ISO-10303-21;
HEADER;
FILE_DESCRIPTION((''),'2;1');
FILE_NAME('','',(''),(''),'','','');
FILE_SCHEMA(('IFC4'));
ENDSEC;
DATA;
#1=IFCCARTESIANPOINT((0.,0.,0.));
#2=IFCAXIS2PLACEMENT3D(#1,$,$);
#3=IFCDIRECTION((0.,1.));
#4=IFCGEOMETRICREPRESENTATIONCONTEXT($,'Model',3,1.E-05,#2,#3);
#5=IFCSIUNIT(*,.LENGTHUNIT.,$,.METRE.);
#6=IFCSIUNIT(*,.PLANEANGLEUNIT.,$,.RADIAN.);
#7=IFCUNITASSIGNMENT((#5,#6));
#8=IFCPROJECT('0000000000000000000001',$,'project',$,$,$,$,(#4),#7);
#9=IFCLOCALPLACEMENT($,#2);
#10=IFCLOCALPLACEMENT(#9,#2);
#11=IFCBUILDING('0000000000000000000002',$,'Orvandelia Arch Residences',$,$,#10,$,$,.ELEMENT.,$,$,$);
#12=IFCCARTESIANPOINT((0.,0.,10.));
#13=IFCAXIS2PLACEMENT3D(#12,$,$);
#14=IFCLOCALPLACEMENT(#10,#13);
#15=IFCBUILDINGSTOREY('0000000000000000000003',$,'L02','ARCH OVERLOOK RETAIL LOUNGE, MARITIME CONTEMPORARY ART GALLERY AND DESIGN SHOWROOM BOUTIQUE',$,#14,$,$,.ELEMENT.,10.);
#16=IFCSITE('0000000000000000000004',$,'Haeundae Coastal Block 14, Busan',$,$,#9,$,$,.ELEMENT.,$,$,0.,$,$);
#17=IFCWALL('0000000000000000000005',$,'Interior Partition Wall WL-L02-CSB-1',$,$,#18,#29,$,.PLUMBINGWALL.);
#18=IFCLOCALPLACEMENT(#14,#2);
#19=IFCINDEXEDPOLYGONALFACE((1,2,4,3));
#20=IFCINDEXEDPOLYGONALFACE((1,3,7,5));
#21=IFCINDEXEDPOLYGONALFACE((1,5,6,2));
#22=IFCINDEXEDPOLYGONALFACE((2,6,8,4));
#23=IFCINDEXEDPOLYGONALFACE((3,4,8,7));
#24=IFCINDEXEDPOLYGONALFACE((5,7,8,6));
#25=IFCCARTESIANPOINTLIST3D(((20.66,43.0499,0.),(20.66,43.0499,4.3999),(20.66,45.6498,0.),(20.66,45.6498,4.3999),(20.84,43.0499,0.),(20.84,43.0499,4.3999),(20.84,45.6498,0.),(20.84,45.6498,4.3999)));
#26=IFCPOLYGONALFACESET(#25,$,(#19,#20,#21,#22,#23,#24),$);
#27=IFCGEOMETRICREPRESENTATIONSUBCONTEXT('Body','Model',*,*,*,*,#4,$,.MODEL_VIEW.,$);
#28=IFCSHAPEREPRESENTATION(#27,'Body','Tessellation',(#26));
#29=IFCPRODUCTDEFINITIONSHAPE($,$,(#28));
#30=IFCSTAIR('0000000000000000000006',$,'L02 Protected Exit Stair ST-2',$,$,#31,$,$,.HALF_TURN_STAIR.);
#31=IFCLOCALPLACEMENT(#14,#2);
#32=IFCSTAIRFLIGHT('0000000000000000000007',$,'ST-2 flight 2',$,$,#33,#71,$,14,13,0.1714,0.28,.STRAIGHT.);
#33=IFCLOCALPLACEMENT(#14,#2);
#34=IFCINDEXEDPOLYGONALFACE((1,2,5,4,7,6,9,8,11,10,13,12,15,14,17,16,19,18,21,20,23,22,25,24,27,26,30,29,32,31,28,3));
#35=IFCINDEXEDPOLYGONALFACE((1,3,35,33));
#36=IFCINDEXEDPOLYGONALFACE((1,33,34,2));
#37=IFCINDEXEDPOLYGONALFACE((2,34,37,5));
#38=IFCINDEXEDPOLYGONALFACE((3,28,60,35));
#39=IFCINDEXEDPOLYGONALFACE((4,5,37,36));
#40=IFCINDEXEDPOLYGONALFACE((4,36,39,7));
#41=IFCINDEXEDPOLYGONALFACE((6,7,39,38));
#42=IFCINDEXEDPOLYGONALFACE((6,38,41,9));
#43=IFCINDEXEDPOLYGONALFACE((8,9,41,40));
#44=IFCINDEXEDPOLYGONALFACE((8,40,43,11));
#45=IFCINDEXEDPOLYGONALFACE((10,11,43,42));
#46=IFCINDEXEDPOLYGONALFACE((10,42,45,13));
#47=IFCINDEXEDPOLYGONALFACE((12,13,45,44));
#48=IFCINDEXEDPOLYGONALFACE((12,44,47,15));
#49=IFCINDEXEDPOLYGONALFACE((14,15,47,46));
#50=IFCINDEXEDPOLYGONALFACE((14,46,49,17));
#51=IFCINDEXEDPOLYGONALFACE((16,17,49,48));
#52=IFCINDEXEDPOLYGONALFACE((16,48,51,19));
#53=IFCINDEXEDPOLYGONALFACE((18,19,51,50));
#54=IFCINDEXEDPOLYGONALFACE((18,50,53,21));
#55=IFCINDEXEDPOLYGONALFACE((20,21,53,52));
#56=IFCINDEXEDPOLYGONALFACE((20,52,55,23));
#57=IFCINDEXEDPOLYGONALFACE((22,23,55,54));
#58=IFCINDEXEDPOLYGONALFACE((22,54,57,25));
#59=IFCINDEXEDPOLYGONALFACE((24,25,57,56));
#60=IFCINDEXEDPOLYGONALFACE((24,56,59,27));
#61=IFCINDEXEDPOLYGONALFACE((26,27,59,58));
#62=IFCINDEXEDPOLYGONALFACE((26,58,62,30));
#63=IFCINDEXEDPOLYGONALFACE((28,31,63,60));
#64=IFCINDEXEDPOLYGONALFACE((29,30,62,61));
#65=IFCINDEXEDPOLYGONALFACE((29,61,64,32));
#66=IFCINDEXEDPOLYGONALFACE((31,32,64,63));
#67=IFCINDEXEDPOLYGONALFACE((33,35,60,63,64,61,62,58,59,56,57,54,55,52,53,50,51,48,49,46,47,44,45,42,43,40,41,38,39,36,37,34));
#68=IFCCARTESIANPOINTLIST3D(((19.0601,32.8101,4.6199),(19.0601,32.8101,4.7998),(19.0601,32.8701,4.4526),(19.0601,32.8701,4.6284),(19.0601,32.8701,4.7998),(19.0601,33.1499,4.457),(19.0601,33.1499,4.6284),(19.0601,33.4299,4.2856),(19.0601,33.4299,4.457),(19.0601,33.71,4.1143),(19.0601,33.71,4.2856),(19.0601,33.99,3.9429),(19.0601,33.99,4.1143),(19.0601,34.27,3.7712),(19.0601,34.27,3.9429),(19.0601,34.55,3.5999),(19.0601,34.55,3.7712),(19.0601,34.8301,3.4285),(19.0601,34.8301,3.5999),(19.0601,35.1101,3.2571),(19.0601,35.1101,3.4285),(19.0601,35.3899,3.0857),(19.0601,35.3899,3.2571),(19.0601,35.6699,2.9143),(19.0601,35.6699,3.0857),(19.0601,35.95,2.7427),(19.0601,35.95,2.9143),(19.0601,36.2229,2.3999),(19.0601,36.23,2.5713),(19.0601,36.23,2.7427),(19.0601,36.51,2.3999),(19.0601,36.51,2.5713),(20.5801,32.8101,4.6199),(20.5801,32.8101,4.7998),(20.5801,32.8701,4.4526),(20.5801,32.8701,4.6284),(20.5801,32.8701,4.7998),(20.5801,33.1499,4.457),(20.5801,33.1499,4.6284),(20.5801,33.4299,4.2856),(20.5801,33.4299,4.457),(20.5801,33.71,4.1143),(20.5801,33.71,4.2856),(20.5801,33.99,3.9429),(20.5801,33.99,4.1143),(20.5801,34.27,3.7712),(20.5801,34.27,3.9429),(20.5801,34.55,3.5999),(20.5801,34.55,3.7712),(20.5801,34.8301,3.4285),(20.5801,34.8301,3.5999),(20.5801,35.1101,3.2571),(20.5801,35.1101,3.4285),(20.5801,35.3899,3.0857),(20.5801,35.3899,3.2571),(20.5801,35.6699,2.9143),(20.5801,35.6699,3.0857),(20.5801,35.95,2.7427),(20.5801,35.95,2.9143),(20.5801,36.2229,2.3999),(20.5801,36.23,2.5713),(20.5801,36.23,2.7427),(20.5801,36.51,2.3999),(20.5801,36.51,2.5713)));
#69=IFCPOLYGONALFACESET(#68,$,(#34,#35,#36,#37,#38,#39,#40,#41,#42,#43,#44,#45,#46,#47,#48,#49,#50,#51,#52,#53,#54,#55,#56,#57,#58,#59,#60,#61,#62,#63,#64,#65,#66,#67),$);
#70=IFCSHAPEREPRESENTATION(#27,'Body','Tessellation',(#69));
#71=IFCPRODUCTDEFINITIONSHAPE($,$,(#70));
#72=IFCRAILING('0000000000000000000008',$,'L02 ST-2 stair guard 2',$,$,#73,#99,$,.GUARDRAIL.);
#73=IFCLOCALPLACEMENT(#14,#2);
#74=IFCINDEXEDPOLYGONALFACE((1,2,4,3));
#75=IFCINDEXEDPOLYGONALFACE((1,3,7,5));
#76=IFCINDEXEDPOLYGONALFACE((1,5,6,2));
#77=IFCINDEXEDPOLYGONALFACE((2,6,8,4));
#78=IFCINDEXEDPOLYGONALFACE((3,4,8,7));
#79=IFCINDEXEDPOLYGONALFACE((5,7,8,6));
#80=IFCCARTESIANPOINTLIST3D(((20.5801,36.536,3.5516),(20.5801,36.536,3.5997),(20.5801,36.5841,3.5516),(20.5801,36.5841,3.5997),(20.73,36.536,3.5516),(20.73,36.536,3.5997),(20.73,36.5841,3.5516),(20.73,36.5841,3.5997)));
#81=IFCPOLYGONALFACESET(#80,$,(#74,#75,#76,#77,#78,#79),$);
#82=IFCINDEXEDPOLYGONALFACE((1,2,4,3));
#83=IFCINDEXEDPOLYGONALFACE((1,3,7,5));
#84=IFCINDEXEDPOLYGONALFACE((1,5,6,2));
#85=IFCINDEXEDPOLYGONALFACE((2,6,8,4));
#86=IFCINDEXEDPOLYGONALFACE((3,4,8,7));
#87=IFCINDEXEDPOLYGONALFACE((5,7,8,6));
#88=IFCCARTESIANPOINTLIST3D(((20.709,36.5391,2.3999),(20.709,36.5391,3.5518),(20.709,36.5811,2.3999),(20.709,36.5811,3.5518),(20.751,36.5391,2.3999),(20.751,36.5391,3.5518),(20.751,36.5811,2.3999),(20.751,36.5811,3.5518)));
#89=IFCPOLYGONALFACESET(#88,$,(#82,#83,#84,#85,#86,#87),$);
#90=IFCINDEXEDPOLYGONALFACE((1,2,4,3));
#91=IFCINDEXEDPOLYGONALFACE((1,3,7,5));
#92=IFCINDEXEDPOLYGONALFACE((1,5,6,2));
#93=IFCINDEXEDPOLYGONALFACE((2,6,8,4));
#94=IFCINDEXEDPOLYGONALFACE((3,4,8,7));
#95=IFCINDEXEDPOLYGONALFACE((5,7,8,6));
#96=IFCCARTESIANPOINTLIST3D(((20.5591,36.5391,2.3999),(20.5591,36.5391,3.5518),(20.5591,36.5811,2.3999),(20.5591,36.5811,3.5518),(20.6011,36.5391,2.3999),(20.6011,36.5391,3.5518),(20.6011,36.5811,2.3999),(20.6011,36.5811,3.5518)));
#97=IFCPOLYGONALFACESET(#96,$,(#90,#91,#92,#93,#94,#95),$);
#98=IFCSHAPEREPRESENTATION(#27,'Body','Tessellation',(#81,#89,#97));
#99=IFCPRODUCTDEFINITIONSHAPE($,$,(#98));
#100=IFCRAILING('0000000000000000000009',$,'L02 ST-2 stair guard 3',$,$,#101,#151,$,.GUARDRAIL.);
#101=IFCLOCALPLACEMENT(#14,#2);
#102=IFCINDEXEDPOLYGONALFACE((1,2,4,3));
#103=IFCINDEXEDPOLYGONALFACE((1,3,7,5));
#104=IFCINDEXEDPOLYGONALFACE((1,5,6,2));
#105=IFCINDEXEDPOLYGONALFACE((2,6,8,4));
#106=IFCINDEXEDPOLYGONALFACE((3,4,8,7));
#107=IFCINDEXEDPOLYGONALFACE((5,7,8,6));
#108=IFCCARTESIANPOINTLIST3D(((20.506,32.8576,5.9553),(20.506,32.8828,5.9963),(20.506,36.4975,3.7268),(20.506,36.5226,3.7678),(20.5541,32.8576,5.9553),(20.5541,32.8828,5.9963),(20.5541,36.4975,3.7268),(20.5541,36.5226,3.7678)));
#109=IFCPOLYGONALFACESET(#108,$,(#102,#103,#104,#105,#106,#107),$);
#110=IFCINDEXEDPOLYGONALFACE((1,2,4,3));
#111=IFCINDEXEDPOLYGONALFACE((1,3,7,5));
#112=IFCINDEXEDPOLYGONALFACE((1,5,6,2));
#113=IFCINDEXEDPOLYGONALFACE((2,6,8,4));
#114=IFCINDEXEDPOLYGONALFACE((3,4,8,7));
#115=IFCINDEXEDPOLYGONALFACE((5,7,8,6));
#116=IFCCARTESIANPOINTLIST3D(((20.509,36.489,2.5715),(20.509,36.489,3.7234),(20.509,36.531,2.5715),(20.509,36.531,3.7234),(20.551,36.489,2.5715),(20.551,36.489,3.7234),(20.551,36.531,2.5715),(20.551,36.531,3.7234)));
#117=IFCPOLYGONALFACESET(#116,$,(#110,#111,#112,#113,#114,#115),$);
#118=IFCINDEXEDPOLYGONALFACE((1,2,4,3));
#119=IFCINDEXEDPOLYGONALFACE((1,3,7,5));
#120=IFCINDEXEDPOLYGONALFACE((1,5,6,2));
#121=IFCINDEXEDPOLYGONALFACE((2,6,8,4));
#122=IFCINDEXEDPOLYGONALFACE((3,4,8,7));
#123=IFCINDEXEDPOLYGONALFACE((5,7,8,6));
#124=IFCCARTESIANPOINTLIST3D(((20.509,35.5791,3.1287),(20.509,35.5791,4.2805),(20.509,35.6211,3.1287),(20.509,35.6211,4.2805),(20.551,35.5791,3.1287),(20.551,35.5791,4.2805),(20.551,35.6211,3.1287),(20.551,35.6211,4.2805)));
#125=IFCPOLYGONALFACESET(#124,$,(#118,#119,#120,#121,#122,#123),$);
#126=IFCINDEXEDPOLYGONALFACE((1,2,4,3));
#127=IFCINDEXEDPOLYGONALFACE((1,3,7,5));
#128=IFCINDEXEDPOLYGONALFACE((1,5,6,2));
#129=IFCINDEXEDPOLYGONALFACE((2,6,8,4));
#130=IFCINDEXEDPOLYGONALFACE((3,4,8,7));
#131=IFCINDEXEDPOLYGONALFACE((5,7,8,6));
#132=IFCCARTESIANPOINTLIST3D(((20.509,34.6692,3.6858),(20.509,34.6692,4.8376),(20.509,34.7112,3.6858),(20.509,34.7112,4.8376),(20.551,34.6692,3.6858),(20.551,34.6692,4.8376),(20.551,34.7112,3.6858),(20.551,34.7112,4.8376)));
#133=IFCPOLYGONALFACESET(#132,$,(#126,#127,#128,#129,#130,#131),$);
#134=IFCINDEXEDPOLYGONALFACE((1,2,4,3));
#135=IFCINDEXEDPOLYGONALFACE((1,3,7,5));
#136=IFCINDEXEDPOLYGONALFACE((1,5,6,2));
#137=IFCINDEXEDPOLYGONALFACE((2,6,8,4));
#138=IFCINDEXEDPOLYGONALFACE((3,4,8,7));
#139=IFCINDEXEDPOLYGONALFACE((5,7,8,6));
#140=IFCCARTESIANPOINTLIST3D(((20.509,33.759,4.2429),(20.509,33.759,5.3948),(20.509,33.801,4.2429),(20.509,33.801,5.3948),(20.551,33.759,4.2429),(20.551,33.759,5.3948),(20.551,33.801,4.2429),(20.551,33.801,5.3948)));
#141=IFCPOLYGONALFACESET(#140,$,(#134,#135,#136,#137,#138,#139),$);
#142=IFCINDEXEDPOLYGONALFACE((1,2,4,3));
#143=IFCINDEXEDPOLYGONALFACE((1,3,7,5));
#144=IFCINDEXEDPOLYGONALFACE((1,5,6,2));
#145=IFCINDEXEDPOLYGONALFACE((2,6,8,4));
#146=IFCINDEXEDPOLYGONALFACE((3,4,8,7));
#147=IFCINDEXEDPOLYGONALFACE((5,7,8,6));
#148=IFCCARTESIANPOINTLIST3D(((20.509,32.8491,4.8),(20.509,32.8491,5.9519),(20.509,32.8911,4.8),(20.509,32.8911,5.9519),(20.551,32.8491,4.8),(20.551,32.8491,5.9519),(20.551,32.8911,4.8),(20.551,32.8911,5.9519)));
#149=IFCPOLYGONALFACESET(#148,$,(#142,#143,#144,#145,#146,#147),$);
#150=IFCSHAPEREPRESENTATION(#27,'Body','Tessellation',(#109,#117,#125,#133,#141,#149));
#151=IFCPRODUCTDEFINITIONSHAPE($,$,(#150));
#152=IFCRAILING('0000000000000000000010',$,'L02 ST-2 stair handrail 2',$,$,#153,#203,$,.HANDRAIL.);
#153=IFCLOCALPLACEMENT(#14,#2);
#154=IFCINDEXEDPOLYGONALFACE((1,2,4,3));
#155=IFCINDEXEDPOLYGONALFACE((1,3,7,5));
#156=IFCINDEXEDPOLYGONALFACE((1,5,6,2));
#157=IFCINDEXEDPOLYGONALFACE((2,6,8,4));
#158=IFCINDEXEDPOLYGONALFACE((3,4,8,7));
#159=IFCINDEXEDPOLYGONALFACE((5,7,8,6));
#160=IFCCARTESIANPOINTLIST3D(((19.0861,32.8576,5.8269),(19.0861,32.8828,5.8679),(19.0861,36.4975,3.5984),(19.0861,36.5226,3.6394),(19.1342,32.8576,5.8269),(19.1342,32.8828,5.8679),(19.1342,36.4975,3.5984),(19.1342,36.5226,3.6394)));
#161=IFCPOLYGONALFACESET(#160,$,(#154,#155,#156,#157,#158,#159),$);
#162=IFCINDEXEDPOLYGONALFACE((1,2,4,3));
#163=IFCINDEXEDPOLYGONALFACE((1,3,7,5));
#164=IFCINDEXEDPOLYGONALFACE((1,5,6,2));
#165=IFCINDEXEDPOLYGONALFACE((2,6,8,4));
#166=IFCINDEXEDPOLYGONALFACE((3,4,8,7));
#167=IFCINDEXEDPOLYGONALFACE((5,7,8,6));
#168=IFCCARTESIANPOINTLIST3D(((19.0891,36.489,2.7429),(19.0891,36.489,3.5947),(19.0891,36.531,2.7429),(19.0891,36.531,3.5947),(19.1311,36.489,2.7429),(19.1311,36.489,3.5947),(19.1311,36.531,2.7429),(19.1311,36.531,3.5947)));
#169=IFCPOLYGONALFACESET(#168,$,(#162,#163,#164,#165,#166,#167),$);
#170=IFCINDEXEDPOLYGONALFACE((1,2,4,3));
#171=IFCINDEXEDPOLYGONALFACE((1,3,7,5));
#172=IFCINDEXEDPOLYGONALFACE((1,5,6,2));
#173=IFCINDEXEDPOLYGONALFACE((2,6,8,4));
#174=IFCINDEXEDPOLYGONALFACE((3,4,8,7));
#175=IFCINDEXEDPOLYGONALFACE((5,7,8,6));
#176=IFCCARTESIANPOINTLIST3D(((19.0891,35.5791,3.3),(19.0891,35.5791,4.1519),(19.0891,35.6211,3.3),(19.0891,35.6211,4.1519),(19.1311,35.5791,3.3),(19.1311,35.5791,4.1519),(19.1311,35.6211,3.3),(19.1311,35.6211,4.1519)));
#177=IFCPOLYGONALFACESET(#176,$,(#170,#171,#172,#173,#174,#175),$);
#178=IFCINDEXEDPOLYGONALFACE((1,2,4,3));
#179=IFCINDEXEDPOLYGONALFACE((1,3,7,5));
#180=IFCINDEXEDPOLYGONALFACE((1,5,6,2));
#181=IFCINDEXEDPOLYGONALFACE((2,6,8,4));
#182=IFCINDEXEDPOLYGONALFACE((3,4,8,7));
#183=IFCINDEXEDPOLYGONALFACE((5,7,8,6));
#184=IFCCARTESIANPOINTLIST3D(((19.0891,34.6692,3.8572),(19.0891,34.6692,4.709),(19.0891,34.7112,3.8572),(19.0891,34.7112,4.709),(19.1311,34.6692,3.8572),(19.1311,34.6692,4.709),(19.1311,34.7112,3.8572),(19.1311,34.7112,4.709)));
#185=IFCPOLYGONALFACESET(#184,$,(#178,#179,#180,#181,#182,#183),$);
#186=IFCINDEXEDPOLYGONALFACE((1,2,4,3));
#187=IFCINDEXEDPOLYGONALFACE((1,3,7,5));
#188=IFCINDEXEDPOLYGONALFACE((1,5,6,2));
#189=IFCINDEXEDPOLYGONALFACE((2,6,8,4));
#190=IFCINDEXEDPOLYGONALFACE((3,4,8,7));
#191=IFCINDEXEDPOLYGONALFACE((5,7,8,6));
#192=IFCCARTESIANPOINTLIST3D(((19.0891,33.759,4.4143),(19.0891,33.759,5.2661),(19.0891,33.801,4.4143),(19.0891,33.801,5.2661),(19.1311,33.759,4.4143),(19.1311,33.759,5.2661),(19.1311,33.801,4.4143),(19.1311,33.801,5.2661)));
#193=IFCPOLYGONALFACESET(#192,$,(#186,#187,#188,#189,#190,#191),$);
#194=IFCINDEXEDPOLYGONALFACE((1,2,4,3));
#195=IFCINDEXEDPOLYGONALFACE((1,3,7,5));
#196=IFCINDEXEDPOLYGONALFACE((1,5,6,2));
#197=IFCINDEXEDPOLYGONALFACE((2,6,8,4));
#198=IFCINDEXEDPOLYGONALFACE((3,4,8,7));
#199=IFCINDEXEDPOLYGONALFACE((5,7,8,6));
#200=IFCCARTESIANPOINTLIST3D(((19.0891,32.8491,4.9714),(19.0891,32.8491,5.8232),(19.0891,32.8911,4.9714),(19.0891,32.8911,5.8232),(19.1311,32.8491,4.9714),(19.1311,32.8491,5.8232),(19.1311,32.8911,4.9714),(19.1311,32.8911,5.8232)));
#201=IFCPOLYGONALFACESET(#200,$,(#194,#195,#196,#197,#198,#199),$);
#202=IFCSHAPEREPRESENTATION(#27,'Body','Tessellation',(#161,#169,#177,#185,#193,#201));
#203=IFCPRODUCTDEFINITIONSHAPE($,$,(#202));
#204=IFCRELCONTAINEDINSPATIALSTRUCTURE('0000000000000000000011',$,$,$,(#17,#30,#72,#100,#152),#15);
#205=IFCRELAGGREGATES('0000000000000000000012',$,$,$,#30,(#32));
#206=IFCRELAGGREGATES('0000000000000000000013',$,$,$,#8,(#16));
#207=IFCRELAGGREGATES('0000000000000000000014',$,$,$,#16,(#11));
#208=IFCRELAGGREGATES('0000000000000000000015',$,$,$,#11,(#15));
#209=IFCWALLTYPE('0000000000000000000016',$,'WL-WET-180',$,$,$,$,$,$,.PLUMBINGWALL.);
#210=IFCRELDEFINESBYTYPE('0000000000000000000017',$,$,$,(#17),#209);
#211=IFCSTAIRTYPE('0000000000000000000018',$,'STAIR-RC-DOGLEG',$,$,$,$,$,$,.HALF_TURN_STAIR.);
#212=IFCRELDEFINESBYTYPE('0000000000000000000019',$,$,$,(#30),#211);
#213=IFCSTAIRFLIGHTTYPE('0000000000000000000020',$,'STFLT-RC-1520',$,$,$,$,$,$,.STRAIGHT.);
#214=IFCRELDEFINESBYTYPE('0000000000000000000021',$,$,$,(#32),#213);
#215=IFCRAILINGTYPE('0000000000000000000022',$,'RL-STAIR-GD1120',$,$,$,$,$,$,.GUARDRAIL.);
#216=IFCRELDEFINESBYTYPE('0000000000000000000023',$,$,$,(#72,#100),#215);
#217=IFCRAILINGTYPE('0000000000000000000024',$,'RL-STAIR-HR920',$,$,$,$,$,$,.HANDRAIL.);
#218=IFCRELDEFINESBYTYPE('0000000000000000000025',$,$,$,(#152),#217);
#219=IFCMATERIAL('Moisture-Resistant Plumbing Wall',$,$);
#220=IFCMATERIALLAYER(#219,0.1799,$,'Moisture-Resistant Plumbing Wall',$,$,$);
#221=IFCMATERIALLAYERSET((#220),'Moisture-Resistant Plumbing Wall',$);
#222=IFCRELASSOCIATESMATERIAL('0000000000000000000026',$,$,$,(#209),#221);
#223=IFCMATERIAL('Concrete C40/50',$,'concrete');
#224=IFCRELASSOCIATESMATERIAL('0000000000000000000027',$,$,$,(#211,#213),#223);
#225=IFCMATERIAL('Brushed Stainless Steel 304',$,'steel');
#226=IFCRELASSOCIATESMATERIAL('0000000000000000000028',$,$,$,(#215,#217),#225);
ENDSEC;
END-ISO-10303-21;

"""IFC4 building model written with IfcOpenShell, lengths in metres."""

from ifc_helpers import new_model, si_unit, direction, frame, frame_2d, origin, origin_2d, place, context, subcontext, project, spatial, polyline, rectangle, outline, extrude, material, layer, layer_set, type_object, element, aggregate, save


model = new_model("IFC4")

# Units and contexts
model_context = context("Model", 3, precision=1e-05, world=origin(), true_north=direction((0.0, 1.0)))
body_context = subcontext(model_context, "Body", "Model", "MODEL_VIEW")
ifc_project = project(units=[si_unit("LENGTHUNIT", "METRE"), si_unit("PLANEANGLEUNIT", "RADIAN")], contexts=[model_context])

# Site, building, storey
site_placement = place(None, origin())
site = spatial("IfcSite", under=ifc_project, at=site_placement, Name="Haeundae Coastal Block 14, Busan", CompositionType="ELEMENT", RefElevation=0.0)
building_placement = place(site_placement, origin())
building = spatial("IfcBuilding", under=site, at=building_placement, Name="Orvandelia Arch Residences", CompositionType="ELEMENT")
storey_placement = place(building_placement, frame((0.0, 0.0, 10.0)))
storey = spatial("IfcBuildingStorey", under=building, at=storey_placement, Name="L02", Description="ARCH OVERLOOK RETAIL LOUNGE, MARITIME CONTEMPORARY ART GALLERY AND DESIGN SHOWROOM BOUTIQUE", CompositionType="ELEMENT", Elevation=10.0)

# Wall
ifc_material_1 = material(Name="Moisture-Resistant Plumbing Wall")
ifc_layer_1 = layer(ifc_material_1, 0.1799, Name="Moisture-Resistant Plumbing Wall")
ifc_layer_set_1 = layer_set([ifc_layer_1], Name="Moisture-Resistant Plumbing Wall")
wall_type_1 = type_object("IfcWallType", Name="WL-WET-180", PredefinedType="PLUMBINGWALL", material=ifc_layer_set_1)
wall_1_placement = place(storey_placement, frame((20.75, 43.05, 0.0), z_axis=(0.0, 0.0, 1.0), x_axis=(0.0, 1.0, 0.0)))
element("IfcWall", 1, at=wall_1_placement, inside=storey, type_object=wall_type_1, Name="Interior Partition Wall WL-L02-CSB-1", PredefinedType="PLUMBINGWALL", context=body_context, shape_type="SweptSolid", body=[
    extrude(rectangle(XDim=2.5999, YDim=0.1799, at=frame_2d((1.2998, 0.0))), origin(), (0.0, 0.0, 1.0), 4.3999),
])

# Stair, stair flight
ifc_material_2 = material(Name="Concrete C40/50", Category="concrete")
stair_type = type_object("IfcStairType", Name="STAIR-RC-DOGLEG", PredefinedType="HALF_TURN_STAIR", material=ifc_material_2)
stair_placement = place(storey_placement, origin())
stair = element("IfcStair", 2, at=stair_placement, inside=storey, type_object=stair_type, Name="L02 Protected Exit Stair ST-2", PredefinedType="HALF_TURN_STAIR")
stair_flight_type = type_object("IfcStairFlightType", Name="STFLT-RC-1520", PredefinedType="STRAIGHT", material=ifc_material_2)
stair_flight_placement = place(storey_placement, frame((19.8201, 36.51, 2.3999), z_axis=(0.0, 0.0, 1.0), x_axis=(0.0, -1.0, 0.0)))
stair_flight = element("IfcStairFlight", 3, at=stair_flight_placement, type_object=stair_flight_type, Name="ST-2 flight 2", NumberOfRisers=14, NumberOfTreads=13, PredefinedType="STRAIGHT", RiserHeight=0.1714, TreadLength=0.28, context=body_context, shape_type="SweptSolid", body=[
    extrude(outline(polyline([(0.0, 0.0), (0.0, 0.1714), (0.28, 0.1714), (0.28, 0.3428), (0.5601, 0.3428), (0.5601, 0.5144), (0.8401, 0.5144), (0.8401, 0.6858), (1.1201, 0.6858), (1.1201, 0.8572), (1.3999, 0.8572), (1.3999, 1.0286), (1.6799, 1.0286), (1.6799, 1.2), (1.96, 1.2), (1.96, 1.3713), (2.24, 1.3713), (2.24, 1.543), (2.52, 1.543), (2.52, 1.7144), (2.8, 1.7144), (2.8, 1.8857), (3.0801, 1.8857), (3.0801, 2.0571), (3.3601, 2.0571), (3.3601, 2.2285), (3.6399, 2.2285), (3.6399, 2.3999), (3.7, 2.3999), (3.7, 2.22), (3.6399, 2.0527), (0.2871, 0.0), (0.0, 0.0)])), frame((0.0, 0.76, 0.0), z_axis=(0.0, -1.0, 0.0), x_axis=(1.0, 0.0, 0.0)), (0.0, 0.0, 1.0), 1.52),
])
aggregate(stair, [stair_flight])

# Railings
ifc_material_3 = material(Name="Brushed Stainless Steel 304", Category="steel")
railing_type_1 = type_object("IfcRailingType", Name="RL-STAIR-GD1120", PredefinedType="GUARDRAIL", material=ifc_material_3)
railing_1_placement = place(storey_placement, frame((20.73, 36.5601, 2.3999)))
element("IfcRailing", 4, at=railing_1_placement, inside=storey, type_object=railing_type_1, Name="L02 ST-2 stair guard 2", PredefinedType="GUARDRAIL", context=body_context, shape_type="SweptSolid", body=[
    extrude(rectangle(XDim=0.0481, YDim=0.0481, at=origin_2d()), frame((0.0, 0.0, 1.1758), z_axis=(-1.0, 0.0, 0.0), x_axis=(0.0, -1.0, 0.0)), (0.0, 0.0, 1.0), 0.1499),
    extrude(rectangle(XDim=0.042, YDim=0.042, at=origin_2d()), origin(), (0.0, 0.0, 1.0), 1.1519),
    extrude(rectangle(XDim=0.042, YDim=0.042, at=origin_2d()), frame((-0.1499, 0.0, 0.0)), (0.0, 0.0, 1.0), 1.1519),
])
railing_2_placement = place(storey_placement, frame((20.53, 36.51, 2.5715)))
element("IfcRailing", 5, at=railing_2_placement, inside=storey, type_object=railing_type_1, Name="L02 ST-2 stair guard 3", PredefinedType="GUARDRAIL", context=body_context, shape_type="SweptSolid", body=[
    extrude(rectangle(XDim=0.0481, YDim=0.0481, at=origin_2d()), frame((0.0, 0.0, 1.1758), z_axis=(0.0, -0.85285, 0.522156), x_axis=(1.0, 0.0, 0.0)), (0.0, 0.0, 1.0), 4.2678),
    extrude(rectangle(XDim=0.042, YDim=0.042, at=origin_2d()), origin(), (0.0, 0.0, 1.0), 1.1519),
    extrude(rectangle(XDim=0.042, YDim=0.042, at=origin_2d()), frame((0.0, -0.9099, 0.5571)), (0.0, 0.0, 1.0), 1.1519),
    extrude(rectangle(XDim=0.042, YDim=0.042, at=origin_2d()), frame((0.0, -1.8198, 1.1143)), (0.0, 0.0, 1.0), 1.1519),
    extrude(rectangle(XDim=0.042, YDim=0.042, at=origin_2d()), frame((0.0, -2.73, 1.6714)), (0.0, 0.0, 1.0), 1.1519),
    extrude(rectangle(XDim=0.042, YDim=0.042, at=origin_2d()), frame((0.0, -3.6399, 2.2285)), (0.0, 0.0, 1.0), 1.1519),
])
railing_type_2 = type_object("IfcRailingType", Name="RL-STAIR-HR920", PredefinedType="HANDRAIL", material=ifc_material_3)
railing_3_placement = place(storey_placement, frame((19.1101, 36.51, 2.7429)))
element("IfcRailing", 6, at=railing_3_placement, inside=storey, type_object=railing_type_2, Name="L02 ST-2 stair handrail 2", PredefinedType="HANDRAIL", context=body_context, shape_type="SweptSolid", body=[
    extrude(rectangle(XDim=0.0481, YDim=0.0481, at=origin_2d()), frame((0.0, 0.0, 0.876), z_axis=(0.0, -0.85285, 0.522156), x_axis=(1.0, 0.0, 0.0)), (0.0, 0.0, 1.0), 4.2678),
    extrude(rectangle(XDim=0.042, YDim=0.042, at=origin_2d()), origin(), (0.0, 0.0, 1.0), 0.8518),
    extrude(rectangle(XDim=0.042, YDim=0.042, at=origin_2d()), frame((0.0, -0.9099, 0.5571)), (0.0, 0.0, 1.0), 0.8518),
    extrude(rectangle(XDim=0.042, YDim=0.042, at=origin_2d()), frame((0.0, -1.8198, 1.1143)), (0.0, 0.0, 1.0), 0.8518),
    extrude(rectangle(XDim=0.042, YDim=0.042, at=origin_2d()), frame((0.0, -2.73, 1.6714)), (0.0, 0.0, 1.0), 0.8518),
    extrude(rectangle(XDim=0.042, YDim=0.042, at=origin_2d()), frame((0.0, -3.6399, 2.2285)), (0.0, 0.0, 1.0), 0.8518),
])

save(model, "model.ifc")
